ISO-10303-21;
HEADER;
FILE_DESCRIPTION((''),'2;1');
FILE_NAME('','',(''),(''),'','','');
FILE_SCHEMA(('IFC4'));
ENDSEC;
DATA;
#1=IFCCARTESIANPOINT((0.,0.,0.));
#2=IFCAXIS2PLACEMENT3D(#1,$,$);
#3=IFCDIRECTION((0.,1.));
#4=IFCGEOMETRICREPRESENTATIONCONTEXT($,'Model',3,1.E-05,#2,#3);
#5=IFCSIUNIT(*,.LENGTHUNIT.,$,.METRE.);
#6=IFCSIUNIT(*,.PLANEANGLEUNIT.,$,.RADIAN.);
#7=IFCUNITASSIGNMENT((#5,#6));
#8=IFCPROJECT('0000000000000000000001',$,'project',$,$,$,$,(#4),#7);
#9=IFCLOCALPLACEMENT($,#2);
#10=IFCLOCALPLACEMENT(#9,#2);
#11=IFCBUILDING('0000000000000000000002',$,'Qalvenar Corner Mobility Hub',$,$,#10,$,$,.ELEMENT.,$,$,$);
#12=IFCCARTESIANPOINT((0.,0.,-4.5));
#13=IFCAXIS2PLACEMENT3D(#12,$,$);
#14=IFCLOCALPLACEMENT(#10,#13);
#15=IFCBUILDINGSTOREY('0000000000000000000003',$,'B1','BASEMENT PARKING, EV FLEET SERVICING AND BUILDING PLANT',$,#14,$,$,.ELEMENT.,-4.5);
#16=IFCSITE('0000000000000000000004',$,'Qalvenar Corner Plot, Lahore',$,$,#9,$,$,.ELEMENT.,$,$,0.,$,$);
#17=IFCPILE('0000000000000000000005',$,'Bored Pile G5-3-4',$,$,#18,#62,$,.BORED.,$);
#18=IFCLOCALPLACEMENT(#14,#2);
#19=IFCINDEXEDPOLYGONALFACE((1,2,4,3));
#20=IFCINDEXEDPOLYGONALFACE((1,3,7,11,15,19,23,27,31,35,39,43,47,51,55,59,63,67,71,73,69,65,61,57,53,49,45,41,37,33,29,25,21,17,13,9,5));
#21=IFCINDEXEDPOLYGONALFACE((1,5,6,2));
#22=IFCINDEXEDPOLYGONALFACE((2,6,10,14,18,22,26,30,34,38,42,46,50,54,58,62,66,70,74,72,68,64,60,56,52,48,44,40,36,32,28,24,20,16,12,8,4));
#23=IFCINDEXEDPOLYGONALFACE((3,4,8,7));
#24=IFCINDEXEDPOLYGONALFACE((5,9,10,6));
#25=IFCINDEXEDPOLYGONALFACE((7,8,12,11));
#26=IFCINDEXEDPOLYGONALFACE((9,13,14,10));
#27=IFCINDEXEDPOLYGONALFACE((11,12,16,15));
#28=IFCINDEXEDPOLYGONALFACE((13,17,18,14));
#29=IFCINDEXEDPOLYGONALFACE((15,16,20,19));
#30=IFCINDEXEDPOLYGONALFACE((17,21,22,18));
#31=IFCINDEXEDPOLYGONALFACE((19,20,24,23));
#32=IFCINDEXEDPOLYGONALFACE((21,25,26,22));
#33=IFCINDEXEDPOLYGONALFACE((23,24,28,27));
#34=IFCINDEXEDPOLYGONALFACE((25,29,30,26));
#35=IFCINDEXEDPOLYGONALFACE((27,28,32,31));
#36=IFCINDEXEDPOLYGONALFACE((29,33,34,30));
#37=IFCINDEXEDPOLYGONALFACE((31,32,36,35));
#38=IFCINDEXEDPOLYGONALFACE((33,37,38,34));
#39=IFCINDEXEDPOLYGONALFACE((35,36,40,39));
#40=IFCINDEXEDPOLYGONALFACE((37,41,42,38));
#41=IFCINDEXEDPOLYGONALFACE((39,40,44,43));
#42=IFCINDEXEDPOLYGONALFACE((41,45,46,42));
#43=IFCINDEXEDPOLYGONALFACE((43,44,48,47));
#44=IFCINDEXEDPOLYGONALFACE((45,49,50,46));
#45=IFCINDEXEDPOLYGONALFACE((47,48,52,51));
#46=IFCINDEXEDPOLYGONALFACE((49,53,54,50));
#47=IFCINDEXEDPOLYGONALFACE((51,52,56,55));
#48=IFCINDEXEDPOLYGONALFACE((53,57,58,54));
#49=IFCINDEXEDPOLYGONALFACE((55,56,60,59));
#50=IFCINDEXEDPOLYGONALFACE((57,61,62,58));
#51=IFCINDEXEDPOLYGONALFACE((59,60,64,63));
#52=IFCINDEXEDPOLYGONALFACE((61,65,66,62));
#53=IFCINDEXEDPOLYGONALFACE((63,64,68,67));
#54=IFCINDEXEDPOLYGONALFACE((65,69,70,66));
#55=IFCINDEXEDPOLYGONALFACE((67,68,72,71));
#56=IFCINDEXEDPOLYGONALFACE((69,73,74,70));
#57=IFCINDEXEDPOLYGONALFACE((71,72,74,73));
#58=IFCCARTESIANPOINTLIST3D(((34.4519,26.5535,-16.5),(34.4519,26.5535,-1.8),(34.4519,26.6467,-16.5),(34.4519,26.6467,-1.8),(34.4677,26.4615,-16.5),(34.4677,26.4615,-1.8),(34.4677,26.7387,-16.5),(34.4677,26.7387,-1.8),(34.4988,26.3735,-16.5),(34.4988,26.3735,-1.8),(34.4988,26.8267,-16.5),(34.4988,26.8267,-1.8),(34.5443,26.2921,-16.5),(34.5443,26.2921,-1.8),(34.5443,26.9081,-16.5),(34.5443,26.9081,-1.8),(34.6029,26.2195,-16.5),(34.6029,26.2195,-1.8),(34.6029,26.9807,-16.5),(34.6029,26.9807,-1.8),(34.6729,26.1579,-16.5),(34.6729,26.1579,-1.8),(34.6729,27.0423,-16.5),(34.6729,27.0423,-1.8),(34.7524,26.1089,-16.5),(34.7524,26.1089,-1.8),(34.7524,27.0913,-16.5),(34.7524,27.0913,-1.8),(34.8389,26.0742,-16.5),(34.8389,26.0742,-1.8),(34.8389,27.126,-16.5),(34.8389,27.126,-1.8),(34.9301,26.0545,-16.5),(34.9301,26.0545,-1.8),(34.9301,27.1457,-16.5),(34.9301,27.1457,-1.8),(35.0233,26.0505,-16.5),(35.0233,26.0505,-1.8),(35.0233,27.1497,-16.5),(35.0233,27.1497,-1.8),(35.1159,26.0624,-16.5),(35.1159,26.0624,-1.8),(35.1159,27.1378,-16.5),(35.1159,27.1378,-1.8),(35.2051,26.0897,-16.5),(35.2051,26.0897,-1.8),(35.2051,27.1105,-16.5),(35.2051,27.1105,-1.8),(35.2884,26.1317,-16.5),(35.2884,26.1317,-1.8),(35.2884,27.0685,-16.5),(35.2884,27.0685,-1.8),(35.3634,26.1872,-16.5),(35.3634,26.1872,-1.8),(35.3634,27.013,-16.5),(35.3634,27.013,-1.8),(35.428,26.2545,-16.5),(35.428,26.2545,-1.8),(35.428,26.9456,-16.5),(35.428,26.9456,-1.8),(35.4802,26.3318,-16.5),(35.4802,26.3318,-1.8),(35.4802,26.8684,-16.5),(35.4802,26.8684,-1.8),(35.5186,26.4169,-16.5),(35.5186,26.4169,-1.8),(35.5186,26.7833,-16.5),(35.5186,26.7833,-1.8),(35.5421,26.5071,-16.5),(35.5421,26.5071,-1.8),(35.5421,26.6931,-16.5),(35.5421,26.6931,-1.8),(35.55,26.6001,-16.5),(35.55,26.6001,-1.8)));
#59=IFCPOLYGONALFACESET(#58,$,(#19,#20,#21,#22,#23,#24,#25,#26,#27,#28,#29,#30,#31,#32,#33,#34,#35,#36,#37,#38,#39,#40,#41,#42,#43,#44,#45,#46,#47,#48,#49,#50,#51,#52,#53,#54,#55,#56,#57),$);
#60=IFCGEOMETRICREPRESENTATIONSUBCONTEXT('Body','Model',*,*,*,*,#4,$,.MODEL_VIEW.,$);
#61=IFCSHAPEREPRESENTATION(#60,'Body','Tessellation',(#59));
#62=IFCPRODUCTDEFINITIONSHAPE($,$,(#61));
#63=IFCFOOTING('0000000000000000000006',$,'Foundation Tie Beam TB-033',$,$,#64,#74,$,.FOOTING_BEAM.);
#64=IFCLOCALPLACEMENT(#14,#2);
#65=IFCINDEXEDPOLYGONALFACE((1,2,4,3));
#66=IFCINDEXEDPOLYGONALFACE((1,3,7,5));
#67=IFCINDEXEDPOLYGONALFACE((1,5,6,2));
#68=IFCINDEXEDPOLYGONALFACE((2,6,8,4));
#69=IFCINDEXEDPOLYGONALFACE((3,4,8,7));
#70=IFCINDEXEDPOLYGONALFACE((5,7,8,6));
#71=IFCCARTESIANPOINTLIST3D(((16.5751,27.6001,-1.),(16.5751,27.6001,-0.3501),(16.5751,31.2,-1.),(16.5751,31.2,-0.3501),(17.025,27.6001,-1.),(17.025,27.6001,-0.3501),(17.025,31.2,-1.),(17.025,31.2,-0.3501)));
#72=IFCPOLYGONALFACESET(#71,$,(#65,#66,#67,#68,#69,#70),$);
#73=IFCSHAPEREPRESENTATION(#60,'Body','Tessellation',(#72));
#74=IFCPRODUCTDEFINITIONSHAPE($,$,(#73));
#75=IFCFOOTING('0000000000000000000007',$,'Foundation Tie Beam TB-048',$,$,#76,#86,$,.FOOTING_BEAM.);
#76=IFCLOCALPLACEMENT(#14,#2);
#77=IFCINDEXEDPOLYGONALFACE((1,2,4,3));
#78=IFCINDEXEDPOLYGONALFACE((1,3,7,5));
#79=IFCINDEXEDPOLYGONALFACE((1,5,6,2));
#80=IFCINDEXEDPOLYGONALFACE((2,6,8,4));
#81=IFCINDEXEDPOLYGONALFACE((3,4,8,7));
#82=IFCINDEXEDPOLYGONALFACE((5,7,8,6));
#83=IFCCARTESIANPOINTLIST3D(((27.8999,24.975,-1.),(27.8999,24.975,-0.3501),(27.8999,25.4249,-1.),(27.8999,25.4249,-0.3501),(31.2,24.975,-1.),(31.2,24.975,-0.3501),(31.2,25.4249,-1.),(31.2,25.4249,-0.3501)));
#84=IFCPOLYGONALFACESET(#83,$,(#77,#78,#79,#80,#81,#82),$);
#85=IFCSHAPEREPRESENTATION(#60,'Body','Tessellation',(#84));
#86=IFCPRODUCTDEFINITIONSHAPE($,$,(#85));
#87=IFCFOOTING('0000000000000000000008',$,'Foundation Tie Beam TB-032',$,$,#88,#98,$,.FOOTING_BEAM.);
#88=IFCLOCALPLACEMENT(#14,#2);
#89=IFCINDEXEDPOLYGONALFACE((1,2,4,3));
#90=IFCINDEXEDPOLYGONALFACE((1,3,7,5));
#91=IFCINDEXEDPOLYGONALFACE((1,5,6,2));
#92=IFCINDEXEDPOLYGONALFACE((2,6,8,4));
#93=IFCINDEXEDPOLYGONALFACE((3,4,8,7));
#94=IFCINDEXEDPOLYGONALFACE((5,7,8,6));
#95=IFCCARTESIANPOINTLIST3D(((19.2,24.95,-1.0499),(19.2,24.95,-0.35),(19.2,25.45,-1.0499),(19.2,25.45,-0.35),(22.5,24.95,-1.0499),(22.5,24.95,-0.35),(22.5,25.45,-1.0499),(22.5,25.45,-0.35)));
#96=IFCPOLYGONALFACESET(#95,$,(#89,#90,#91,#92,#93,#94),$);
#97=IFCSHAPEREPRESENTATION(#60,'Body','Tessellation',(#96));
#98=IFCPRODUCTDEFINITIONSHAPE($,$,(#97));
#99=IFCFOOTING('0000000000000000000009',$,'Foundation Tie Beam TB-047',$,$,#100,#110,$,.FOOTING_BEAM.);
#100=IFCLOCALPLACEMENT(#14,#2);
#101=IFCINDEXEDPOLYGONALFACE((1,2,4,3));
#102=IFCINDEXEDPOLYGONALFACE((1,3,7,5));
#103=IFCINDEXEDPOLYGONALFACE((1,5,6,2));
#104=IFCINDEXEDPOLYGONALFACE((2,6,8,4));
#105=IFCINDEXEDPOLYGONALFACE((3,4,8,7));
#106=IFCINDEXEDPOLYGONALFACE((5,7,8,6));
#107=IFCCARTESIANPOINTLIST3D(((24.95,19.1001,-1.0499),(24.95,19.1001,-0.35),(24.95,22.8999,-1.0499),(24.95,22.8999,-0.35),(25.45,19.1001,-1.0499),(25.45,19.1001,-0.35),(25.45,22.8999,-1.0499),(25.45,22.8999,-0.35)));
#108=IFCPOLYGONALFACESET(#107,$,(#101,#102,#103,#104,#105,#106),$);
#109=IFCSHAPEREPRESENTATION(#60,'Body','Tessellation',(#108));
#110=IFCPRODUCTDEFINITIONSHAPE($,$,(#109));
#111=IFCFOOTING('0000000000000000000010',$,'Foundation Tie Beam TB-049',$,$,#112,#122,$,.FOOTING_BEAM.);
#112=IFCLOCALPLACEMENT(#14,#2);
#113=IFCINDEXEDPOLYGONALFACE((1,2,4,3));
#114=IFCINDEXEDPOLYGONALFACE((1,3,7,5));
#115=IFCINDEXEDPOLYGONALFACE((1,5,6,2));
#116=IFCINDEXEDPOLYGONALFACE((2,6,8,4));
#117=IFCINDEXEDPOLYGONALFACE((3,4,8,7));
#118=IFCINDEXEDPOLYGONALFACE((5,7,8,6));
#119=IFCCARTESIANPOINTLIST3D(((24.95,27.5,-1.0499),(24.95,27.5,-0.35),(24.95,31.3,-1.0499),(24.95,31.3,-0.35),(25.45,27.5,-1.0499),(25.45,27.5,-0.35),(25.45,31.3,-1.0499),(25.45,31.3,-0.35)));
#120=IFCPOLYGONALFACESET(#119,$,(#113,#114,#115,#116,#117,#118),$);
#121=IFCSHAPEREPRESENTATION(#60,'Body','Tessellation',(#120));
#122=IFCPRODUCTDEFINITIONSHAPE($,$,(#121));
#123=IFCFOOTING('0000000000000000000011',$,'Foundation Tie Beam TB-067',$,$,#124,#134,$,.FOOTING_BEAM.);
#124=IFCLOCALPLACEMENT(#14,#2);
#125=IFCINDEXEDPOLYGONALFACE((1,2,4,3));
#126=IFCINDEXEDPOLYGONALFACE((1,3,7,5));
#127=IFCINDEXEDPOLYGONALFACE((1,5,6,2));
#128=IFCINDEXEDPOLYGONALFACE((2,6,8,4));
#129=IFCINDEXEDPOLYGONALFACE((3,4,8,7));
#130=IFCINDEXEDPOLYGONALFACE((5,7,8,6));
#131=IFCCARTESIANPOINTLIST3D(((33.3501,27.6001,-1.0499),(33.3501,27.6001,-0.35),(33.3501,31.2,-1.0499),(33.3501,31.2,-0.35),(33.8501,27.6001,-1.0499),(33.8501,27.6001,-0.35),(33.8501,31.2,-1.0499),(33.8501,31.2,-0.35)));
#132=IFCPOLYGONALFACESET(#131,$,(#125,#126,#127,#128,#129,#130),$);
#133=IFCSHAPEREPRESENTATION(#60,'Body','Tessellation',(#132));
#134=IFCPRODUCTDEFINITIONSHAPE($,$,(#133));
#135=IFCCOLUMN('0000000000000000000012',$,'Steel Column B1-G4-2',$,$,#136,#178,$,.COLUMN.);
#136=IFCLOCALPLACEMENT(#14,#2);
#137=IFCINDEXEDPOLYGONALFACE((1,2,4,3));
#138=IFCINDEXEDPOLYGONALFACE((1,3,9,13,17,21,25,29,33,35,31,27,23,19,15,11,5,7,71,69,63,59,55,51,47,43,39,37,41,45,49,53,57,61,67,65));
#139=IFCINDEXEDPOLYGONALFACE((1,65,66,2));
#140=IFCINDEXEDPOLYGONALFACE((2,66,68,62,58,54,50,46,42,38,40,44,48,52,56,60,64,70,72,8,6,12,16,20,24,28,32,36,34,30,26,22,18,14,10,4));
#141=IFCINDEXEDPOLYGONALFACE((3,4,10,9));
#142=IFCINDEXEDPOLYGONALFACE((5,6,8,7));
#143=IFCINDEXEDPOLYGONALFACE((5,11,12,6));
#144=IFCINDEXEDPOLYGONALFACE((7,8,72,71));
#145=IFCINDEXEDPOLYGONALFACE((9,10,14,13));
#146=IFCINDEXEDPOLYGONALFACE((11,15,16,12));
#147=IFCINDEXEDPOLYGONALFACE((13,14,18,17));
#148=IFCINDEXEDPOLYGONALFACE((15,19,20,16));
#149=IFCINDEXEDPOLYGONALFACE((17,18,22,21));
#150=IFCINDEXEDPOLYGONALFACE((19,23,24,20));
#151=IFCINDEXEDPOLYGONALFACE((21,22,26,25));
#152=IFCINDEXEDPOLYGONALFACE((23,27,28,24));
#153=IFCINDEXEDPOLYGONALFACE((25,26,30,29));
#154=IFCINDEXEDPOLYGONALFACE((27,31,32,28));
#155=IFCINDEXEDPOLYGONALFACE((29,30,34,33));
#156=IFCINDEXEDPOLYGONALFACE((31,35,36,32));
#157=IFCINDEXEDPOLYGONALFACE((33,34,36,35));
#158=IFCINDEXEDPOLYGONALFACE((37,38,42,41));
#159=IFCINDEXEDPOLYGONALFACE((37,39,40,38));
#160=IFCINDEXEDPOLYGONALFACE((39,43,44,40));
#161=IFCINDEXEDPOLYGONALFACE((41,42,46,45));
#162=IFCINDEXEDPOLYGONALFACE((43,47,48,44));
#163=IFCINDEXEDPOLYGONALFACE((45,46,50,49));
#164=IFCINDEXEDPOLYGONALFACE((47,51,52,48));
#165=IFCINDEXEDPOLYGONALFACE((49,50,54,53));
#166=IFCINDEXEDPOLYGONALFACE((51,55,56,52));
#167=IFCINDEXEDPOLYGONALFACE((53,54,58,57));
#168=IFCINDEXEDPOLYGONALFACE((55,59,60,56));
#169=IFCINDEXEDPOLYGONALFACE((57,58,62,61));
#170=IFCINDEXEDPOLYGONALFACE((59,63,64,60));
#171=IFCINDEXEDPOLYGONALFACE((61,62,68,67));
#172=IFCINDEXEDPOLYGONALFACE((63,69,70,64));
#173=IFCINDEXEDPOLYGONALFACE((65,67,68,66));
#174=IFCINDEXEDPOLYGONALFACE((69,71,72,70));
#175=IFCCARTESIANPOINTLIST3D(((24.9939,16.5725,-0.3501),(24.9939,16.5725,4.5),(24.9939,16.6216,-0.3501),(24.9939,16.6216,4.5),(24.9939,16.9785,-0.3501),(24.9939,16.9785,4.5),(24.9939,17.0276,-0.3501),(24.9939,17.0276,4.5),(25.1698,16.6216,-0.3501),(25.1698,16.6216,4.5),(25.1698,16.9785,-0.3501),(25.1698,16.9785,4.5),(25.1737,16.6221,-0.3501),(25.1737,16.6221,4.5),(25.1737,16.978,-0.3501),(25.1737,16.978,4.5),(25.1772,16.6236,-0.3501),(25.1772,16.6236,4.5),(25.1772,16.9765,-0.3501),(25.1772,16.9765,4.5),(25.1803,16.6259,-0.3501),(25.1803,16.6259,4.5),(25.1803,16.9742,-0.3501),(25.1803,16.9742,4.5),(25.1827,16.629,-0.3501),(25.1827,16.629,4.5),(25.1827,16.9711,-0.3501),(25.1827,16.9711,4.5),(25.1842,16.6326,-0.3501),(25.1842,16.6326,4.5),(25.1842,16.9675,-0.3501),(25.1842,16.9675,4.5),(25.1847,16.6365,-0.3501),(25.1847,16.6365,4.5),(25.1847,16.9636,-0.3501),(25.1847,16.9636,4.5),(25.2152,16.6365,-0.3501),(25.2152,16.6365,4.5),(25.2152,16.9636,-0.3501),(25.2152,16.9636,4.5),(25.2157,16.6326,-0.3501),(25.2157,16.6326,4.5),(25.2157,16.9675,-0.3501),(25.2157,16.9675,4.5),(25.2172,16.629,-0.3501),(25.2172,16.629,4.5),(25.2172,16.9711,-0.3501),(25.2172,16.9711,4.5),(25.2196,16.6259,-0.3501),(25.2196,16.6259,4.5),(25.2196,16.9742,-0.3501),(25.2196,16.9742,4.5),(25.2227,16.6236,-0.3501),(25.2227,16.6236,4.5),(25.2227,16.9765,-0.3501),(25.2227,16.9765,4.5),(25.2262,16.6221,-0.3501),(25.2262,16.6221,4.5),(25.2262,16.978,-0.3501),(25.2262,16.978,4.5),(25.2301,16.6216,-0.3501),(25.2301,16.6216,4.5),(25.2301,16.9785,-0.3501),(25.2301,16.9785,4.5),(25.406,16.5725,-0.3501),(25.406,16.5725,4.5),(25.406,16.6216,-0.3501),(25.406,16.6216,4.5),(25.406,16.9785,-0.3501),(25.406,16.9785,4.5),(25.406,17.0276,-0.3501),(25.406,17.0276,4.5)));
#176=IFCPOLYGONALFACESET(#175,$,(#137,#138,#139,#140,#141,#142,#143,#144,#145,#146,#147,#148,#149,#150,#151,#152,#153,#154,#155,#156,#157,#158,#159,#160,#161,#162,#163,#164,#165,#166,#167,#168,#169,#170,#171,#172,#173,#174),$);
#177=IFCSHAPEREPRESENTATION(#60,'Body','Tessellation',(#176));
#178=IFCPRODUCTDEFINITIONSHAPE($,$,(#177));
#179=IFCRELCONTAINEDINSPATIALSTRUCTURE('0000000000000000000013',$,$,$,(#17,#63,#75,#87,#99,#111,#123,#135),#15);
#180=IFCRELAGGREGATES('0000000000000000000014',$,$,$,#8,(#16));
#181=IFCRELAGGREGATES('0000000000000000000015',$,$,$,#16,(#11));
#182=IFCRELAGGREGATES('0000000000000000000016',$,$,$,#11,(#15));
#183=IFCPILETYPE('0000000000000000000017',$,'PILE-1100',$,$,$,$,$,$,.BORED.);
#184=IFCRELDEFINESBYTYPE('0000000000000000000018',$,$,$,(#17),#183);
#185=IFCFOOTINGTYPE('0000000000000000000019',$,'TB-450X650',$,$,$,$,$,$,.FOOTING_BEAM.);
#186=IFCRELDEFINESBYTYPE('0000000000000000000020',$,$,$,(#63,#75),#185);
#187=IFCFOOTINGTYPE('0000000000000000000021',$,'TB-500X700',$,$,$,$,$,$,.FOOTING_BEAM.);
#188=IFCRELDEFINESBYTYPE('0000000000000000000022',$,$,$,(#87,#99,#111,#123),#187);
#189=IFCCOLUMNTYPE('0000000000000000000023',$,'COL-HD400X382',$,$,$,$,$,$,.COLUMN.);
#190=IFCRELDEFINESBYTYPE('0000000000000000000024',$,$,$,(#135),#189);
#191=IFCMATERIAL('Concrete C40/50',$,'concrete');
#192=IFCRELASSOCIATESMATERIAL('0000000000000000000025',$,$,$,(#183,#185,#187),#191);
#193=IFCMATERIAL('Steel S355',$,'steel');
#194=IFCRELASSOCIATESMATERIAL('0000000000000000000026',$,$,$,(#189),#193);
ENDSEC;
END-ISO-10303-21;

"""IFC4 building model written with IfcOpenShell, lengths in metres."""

from ifc_helpers import new_model, si_unit, direction, frame, origin, origin_2d, place, context, subcontext, project, spatial, rectangle, circle, i_section, extrude, material, material_profile, profile_set, type_object, element, save


model = new_model("IFC4")

# Units and contexts
model_context = context("Model", 3, precision=1e-05, world=origin(), true_north=direction((0.0, 1.0)))
body_context = subcontext(model_context, "Body", "Model", "MODEL_VIEW")
ifc_project = project(units=[si_unit("LENGTHUNIT", "METRE"), si_unit("PLANEANGLEUNIT", "RADIAN")], contexts=[model_context])

# Site, building, storey
site_placement = place(None, origin())
site = spatial("IfcSite", under=ifc_project, at=site_placement, Name="Qalvenar Corner Plot, Lahore", CompositionType="ELEMENT", RefElevation=0.0)
building_placement = place(site_placement, origin())
building = spatial("IfcBuilding", under=site, at=building_placement, Name="Qalvenar Corner Mobility Hub", CompositionType="ELEMENT")
storey_placement = place(building_placement, frame((0.0, 0.0, -4.5)))
storey = spatial("IfcBuildingStorey", under=building, at=storey_placement, Name="B1", Description="BASEMENT PARKING, EV FLEET SERVICING AND BUILDING PLANT", CompositionType="ELEMENT", Elevation=-4.5)

# Shared definitions
ifc_material_1 = material(Name="Concrete C40/50", Category="concrete")

# Pile
ifc_material_profile_1 = material_profile(ifc_material_1, circle(Radius=0.55, at=origin_2d()), Name="DIA1100")
ifc_profile_set_1 = profile_set([ifc_material_profile_1], Name="Concrete C40/50")
pile_type = type_object("IfcPileType", Name="PILE-1100", PredefinedType="BORED", material=ifc_profile_set_1)
for number, where, z_axis, x_axis, name in (
    (1, (35.0, 26.6001, -1.8), (0.0, 0.0, -1.0), (1.0, 0.0, 0.0), "Bored Pile G5-3-4"),
):
    element("IfcPile", number, at=place(storey_placement, frame(where, z_axis=z_axis, x_axis=x_axis)), inside=storey, type_object=pile_type, Name=name, PredefinedType="BORED", context=body_context, shape_type="SweptSolid", body=[
        extrude(circle(Radius=0.55, at=origin_2d()), origin(), (0.0, 0.0, 1.0), 14.7),
    ])

# Footings
ifc_material_profile_2 = material_profile(ifc_material_1, rectangle(XDim=0.45, YDim=0.6499, at=origin_2d()), Name="RC450x650")
ifc_profile_set_2 = profile_set([ifc_material_profile_2], Name="Concrete C40/50")
footing_type_1 = type_object("IfcFootingType", Name="TB-450X650", PredefinedType="FOOTING_BEAM", material=ifc_profile_set_2)
footing_1_placement = place(storey_placement, frame((16.8, 27.6001, -0.675), z_axis=(0.0, 1.0, 0.0), x_axis=(-1.0, 0.0, 0.0)))
element("IfcFooting", 2, at=footing_1_placement, inside=storey, type_object=footing_type_1, Name="Foundation Tie Beam TB-033", PredefinedType="FOOTING_BEAM", context=body_context, shape_type="SweptSolid", body=[
    extrude(rectangle(XDim=0.45, YDim=0.6499, at=origin_2d()), origin(), (0.0, 0.0, 1.0), 3.5999),
])
footing_2_placement = place(storey_placement, frame((27.8999, 25.2, -0.675), z_axis=(1.0, 0.0, 0.0), x_axis=(0.0, 1.0, 0.0)))
element("IfcFooting", 3, at=footing_2_placement, inside=storey, type_object=footing_type_1, Name="Foundation Tie Beam TB-048", PredefinedType="FOOTING_BEAM", context=body_context, shape_type="SweptSolid", body=[
    extrude(rectangle(XDim=0.45, YDim=0.6499, at=origin_2d()), origin(), (0.0, 0.0, 1.0), 3.3),
])
ifc_material_profile_3 = material_profile(ifc_material_1, rectangle(XDim=0.5, YDim=0.7, at=origin_2d()), Name="RC500x700")
ifc_profile_set_3 = profile_set([ifc_material_profile_3], Name="Concrete C40/50")
footing_type_2 = type_object("IfcFootingType", Name="TB-500X700", PredefinedType="FOOTING_BEAM", material=ifc_profile_set_3)
footing_3_placement = place(storey_placement, frame((19.2, 25.2, -0.7), z_axis=(1.0, 0.0, 0.0), x_axis=(0.0, 1.0, 0.0)))
element("IfcFooting", 4, at=footing_3_placement, inside=storey, type_object=footing_type_2, Name="Foundation Tie Beam TB-032", PredefinedType="FOOTING_BEAM", context=body_context, shape_type="SweptSolid", body=[
    extrude(rectangle(XDim=0.5, YDim=0.7, at=origin_2d()), origin(), (0.0, 0.0, 1.0), 3.3),
])
footing_4_placement = place(storey_placement, frame((25.2, 19.1001, -0.7), z_axis=(0.0, 1.0, 0.0), x_axis=(-1.0, 0.0, 0.0)))
element("IfcFooting", 5, at=footing_4_placement, inside=storey, type_object=footing_type_2, Name="Foundation Tie Beam TB-047", PredefinedType="FOOTING_BEAM", context=body_context, shape_type="SweptSolid", body=[
    extrude(rectangle(XDim=0.5, YDim=0.7, at=origin_2d()), origin(), (0.0, 0.0, 1.0), 3.7998),
])
footing_5_placement = place(storey_placement, frame((25.2, 27.5, -0.7), z_axis=(0.0, 1.0, 0.0), x_axis=(-1.0, 0.0, 0.0)))
element("IfcFooting", 6, at=footing_5_placement, inside=storey, type_object=footing_type_2, Name="Foundation Tie Beam TB-049", PredefinedType="FOOTING_BEAM", context=body_context, shape_type="SweptSolid", body=[
    extrude(rectangle(XDim=0.5, YDim=0.7, at=origin_2d()), origin(), (0.0, 0.0, 1.0), 3.8),
])
footing_6_placement = place(storey_placement, frame((33.6001, 27.6001, -0.7), z_axis=(0.0, 1.0, 0.0), x_axis=(-1.0, 0.0, 0.0)))
element("IfcFooting", 7, at=footing_6_placement, inside=storey, type_object=footing_type_2, Name="Foundation Tie Beam TB-067", PredefinedType="FOOTING_BEAM", context=body_context, shape_type="SweptSolid", body=[
    extrude(rectangle(XDim=0.5, YDim=0.7, at=origin_2d()), origin(), (0.0, 0.0, 1.0), 3.5999),
])

# Column
ifc_material_2 = material(Name="Steel S355", Category="steel")
ifc_material_profile_4 = material_profile(ifc_material_2, i_section(OverallWidth=0.4121, OverallDepth=0.4551, WebThickness=0.0305, FlangeThickness=0.0491, FilletRadius=0.0149, at=origin_2d()), Name="HD400x421")
ifc_profile_set_4 = profile_set([ifc_material_profile_4], Name="Steel S355")
column_type_1 = type_object("IfcColumnType", Name="COL-HD400X382", PredefinedType="COLUMN", material=ifc_profile_set_4)
for number, where, z_axis, x_axis, name in (
    (8, (25.2, 16.8, -0.3501), (0.0, 0.0, 1.0), (1.0, 0.0, 0.0), "Steel Column B1-G4-2"),
):
    element("IfcColumn", number, at=place(storey_placement, frame(where, z_axis=z_axis, x_axis=x_axis)), inside=storey, type_object=column_type_1, Name=name, PredefinedType="COLUMN", context=body_context, shape_type="SweptSolid", body=[
        extrude(i_section(OverallWidth=0.4121, OverallDepth=0.4551, WebThickness=0.0305, FlangeThickness=0.0491, FilletRadius=0.0149, at=origin_2d()), origin(), (0.0, 0.0, 1.0), 4.8501),
    ])

save(model, "model.ifc")
